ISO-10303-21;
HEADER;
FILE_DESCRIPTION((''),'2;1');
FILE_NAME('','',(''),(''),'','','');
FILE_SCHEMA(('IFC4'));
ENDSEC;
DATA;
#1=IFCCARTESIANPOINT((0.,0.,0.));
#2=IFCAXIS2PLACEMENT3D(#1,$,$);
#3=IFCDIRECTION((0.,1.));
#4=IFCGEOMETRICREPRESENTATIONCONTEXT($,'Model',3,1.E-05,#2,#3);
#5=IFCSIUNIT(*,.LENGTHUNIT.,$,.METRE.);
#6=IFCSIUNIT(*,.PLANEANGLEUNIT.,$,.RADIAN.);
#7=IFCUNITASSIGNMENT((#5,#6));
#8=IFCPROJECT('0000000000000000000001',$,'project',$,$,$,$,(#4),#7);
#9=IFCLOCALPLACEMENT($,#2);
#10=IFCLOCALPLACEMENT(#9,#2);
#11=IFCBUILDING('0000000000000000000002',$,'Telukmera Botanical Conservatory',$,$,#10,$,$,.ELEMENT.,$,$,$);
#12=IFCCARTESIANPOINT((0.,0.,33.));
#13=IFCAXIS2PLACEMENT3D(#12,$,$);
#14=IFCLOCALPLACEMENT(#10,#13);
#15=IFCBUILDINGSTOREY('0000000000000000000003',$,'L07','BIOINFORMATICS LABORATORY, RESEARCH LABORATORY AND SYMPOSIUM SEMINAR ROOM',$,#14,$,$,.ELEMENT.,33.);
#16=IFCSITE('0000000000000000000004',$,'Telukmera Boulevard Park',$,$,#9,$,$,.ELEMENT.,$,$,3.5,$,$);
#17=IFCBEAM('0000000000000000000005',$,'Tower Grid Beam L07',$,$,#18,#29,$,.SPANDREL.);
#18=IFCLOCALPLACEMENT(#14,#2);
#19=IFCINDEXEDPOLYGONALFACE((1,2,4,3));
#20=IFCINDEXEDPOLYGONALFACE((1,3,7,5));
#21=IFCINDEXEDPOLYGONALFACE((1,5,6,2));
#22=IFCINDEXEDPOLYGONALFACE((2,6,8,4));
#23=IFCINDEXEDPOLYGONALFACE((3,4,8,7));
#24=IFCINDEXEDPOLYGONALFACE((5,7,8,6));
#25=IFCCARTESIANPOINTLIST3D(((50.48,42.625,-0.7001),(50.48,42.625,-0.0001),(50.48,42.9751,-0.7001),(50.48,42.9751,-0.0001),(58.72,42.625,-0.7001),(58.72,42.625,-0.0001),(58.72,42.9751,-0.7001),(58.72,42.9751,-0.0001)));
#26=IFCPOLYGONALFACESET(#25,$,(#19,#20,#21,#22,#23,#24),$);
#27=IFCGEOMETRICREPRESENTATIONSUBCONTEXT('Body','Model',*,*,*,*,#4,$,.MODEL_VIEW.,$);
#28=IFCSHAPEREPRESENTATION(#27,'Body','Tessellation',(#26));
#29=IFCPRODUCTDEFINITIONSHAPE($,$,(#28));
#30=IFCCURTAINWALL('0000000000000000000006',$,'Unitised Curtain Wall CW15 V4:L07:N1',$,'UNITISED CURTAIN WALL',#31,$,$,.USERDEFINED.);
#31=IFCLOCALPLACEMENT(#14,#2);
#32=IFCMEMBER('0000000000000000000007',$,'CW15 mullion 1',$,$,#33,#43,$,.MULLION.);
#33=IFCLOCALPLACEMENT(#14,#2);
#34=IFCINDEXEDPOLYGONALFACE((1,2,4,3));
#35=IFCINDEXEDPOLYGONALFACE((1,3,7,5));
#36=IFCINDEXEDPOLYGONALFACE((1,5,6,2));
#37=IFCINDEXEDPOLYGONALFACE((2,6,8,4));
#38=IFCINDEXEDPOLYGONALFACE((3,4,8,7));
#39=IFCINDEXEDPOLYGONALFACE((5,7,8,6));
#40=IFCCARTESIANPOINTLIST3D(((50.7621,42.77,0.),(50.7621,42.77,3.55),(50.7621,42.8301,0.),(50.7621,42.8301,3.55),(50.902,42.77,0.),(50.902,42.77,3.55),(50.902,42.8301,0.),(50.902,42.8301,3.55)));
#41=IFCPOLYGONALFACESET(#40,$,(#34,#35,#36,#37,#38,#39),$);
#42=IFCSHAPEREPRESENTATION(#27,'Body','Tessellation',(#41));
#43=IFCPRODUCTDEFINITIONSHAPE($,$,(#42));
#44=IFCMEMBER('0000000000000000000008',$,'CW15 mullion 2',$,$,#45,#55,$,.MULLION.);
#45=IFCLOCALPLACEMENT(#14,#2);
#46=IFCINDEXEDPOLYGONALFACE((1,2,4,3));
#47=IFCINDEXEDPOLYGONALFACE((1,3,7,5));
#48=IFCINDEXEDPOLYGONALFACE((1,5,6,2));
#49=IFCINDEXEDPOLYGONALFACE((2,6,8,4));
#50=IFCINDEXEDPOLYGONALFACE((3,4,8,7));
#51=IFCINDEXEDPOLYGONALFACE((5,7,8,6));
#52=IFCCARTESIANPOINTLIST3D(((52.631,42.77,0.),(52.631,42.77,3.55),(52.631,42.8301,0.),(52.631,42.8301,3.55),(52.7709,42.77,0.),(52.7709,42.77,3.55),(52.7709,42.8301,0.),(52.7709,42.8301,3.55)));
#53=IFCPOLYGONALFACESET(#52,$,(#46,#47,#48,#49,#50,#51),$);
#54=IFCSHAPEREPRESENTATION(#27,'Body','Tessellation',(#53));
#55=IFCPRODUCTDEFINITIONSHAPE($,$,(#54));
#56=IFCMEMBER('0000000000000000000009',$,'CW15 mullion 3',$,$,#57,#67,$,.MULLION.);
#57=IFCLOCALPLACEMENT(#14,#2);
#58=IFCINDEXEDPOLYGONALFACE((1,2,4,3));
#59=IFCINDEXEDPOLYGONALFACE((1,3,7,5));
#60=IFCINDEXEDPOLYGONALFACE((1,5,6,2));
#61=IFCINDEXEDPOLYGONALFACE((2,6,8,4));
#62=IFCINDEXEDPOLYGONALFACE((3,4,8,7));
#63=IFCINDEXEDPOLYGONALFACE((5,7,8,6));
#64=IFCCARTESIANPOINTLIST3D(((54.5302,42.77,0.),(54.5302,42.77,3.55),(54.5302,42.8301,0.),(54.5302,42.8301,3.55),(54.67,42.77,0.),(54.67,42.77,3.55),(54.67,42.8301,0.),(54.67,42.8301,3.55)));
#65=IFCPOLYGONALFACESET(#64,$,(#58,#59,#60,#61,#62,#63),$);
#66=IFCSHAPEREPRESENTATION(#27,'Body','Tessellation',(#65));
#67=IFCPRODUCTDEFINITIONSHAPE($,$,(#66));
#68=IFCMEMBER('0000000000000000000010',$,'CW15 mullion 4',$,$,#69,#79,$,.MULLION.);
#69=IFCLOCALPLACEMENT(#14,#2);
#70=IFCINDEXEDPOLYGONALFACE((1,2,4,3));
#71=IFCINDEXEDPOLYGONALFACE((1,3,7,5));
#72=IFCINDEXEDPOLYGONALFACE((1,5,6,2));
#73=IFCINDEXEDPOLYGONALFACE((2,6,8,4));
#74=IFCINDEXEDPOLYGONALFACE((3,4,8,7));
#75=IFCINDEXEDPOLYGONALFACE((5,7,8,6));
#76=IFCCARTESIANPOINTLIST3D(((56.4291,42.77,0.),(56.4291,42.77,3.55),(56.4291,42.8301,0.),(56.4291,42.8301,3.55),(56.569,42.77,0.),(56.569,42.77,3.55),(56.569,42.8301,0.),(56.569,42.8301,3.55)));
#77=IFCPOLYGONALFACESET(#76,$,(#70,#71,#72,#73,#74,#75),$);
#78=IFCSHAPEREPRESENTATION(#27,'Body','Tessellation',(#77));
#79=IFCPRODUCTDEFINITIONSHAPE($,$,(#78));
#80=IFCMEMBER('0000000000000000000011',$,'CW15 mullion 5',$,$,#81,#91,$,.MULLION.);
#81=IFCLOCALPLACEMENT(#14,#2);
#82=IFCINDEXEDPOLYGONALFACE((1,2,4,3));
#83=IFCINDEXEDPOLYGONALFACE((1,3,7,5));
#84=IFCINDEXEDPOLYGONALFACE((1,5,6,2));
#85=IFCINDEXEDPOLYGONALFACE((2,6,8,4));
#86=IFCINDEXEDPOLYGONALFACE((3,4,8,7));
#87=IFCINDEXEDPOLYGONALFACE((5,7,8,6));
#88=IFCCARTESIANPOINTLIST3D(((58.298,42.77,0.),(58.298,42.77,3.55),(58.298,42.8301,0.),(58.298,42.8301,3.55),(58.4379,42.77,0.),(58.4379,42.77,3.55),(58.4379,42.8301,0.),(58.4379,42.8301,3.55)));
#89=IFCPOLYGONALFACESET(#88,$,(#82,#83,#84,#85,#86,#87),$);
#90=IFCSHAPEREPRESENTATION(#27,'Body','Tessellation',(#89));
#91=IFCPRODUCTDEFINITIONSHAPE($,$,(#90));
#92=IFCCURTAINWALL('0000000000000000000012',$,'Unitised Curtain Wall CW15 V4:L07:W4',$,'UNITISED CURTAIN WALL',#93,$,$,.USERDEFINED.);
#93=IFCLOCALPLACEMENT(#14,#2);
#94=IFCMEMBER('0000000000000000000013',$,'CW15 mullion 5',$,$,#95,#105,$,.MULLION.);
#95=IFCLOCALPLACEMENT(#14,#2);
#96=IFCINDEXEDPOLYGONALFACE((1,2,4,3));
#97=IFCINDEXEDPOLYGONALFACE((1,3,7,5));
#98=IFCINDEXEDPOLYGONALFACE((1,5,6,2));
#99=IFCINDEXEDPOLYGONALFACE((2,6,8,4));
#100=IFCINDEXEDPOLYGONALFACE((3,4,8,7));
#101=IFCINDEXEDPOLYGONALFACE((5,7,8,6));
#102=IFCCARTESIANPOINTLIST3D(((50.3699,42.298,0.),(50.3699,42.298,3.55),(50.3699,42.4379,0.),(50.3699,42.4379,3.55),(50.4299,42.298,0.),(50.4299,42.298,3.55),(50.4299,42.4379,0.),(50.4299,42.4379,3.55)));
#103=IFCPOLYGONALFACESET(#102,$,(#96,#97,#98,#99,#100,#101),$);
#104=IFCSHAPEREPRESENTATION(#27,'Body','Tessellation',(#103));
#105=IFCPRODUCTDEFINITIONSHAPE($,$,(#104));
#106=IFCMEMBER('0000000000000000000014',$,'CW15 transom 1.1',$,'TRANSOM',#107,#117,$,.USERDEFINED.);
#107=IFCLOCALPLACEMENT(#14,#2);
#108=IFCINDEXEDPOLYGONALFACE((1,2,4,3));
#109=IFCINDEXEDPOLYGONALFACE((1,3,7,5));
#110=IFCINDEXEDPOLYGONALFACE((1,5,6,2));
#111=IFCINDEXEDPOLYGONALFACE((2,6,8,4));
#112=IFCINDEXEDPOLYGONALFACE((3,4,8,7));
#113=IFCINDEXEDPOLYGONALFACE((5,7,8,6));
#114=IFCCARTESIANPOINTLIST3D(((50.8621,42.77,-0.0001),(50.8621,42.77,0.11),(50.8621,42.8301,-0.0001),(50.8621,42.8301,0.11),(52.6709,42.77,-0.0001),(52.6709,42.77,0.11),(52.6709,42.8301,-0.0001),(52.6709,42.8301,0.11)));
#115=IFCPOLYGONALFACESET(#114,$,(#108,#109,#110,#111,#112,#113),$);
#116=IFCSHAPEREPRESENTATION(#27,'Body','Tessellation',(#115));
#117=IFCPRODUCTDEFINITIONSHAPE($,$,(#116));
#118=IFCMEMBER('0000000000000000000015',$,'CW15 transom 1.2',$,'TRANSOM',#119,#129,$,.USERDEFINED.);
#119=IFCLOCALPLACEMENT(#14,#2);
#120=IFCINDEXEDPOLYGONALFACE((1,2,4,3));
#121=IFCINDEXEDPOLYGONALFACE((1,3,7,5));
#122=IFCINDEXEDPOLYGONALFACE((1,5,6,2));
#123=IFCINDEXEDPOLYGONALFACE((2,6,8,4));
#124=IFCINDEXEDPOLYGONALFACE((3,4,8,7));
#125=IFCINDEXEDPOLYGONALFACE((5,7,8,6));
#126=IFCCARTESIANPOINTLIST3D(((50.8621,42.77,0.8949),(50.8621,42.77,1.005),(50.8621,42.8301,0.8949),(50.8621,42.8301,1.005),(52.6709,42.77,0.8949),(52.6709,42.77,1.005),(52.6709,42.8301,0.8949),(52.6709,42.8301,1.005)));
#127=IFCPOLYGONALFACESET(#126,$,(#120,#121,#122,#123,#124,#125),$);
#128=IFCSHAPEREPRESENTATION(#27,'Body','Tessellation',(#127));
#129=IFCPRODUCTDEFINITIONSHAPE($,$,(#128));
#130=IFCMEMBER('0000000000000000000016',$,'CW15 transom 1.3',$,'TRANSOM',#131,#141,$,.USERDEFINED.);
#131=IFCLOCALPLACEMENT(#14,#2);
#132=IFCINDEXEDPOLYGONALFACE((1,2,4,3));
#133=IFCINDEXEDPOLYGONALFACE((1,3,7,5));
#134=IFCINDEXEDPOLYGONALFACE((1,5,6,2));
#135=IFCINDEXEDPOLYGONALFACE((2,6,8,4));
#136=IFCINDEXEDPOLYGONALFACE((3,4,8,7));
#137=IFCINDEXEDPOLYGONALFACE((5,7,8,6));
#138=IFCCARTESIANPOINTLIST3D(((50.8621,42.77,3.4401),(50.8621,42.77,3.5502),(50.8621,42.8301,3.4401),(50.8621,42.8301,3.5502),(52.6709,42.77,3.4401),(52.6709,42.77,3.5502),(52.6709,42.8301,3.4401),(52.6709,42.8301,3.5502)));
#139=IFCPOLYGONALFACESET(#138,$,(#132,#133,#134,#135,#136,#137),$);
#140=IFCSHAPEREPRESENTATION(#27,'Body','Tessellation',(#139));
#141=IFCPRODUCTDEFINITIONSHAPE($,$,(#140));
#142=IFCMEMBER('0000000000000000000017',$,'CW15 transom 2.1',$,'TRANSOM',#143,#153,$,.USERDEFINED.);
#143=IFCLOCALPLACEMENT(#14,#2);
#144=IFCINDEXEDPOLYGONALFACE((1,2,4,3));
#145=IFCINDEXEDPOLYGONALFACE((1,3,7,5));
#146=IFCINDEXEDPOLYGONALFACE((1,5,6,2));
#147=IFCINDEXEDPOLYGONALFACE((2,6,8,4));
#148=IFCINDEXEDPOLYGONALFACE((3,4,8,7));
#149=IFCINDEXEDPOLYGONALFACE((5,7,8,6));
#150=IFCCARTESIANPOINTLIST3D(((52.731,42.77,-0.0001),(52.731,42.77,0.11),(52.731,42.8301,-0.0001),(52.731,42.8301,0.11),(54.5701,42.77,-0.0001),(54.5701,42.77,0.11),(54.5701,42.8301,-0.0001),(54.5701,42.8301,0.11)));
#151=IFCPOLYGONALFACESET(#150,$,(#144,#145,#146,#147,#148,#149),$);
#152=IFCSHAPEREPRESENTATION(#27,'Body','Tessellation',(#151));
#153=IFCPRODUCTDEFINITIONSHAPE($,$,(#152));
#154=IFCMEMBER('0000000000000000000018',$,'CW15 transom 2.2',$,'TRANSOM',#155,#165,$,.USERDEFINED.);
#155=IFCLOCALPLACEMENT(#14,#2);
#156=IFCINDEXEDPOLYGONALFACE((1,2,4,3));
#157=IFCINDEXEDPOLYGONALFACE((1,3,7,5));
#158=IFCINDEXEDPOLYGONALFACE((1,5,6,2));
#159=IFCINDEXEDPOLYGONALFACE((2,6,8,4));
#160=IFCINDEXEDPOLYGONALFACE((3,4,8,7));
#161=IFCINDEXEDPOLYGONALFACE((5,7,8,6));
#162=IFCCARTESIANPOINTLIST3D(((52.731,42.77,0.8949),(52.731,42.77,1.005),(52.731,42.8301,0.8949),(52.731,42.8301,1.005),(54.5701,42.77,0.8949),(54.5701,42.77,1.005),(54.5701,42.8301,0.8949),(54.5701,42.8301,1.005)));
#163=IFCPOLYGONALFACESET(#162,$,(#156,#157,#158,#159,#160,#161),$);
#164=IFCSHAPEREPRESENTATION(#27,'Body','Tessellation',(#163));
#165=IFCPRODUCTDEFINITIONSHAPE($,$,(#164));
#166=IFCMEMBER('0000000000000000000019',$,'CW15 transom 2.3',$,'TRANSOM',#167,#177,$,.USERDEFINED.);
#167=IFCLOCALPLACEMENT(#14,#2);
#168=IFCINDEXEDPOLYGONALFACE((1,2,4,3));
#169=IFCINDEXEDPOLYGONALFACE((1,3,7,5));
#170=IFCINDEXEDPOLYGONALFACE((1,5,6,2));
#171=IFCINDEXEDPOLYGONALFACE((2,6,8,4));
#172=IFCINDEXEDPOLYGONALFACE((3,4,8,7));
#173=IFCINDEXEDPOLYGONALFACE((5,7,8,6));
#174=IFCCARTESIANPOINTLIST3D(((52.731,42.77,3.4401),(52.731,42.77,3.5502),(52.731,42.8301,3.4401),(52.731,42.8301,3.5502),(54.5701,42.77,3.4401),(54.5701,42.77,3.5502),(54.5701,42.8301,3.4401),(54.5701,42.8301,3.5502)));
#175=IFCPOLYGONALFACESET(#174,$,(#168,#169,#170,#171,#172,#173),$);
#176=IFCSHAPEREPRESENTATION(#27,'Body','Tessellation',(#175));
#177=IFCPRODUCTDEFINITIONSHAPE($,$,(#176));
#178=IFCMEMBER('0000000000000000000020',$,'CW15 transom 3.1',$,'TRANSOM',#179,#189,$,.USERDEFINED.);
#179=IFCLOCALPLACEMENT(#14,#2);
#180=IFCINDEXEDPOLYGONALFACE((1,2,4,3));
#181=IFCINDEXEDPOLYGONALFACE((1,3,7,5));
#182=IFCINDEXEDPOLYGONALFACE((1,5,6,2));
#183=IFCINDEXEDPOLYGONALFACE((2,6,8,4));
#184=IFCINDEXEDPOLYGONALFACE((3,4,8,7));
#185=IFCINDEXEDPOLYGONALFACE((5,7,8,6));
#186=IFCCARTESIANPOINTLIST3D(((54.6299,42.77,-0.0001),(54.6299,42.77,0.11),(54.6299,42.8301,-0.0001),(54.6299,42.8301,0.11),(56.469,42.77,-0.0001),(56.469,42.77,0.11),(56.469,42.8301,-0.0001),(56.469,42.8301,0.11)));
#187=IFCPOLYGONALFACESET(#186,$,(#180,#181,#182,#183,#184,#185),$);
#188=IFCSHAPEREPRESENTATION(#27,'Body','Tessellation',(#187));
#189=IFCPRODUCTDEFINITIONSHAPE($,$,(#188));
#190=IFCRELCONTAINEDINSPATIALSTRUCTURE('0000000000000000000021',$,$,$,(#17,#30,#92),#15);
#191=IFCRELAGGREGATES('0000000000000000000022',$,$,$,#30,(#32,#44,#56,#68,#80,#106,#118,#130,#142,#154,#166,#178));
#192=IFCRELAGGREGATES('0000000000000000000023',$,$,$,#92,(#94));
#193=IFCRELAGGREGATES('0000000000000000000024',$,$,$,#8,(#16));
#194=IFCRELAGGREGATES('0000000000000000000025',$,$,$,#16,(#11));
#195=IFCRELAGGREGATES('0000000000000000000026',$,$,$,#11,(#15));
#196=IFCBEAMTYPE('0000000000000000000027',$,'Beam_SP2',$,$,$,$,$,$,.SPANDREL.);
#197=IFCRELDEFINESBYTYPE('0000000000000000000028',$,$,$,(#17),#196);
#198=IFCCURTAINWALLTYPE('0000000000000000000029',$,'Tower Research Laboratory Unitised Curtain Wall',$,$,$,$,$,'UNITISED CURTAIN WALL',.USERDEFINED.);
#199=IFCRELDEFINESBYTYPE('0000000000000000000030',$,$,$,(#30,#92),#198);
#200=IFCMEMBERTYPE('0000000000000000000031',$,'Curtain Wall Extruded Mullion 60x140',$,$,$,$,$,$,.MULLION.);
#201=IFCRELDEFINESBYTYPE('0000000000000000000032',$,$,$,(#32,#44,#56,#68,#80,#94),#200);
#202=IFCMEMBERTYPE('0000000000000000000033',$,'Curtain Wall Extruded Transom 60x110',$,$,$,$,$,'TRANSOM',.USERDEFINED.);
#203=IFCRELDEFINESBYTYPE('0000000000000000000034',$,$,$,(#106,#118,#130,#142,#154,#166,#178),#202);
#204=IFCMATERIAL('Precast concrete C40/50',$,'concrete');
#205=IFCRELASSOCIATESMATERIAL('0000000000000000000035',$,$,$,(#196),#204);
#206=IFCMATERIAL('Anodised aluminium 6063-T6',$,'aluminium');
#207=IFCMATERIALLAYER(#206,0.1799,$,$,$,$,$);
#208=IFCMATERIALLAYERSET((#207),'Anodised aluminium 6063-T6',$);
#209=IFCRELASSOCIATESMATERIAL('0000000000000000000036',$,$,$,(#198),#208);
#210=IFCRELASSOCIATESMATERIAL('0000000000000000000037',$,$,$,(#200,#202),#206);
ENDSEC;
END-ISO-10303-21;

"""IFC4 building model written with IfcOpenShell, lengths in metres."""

from ifc_helpers import new_model, si_unit, direction, frame, origin, origin_2d, place, context, subcontext, project, spatial, rectangle, extrude, material, layer, layer_set, material_profile, profile_set, type_object, element, aggregate, save


model = new_model("IFC4")

# Units and contexts
model_context = context("Model", 3, precision=1e-05, world=origin(), true_north=direction((0.0, 1.0)))
body_context = subcontext(model_context, "Body", "Model", "MODEL_VIEW")
ifc_project = project(units=[si_unit("LENGTHUNIT", "METRE"), si_unit("PLANEANGLEUNIT", "RADIAN")], contexts=[model_context])

# Site, building, storey
site_placement = place(None, origin())
site = spatial("IfcSite", under=ifc_project, at=site_placement, Name="Telukmera Boulevard Park", CompositionType="ELEMENT", RefElevation=3.5)
building_placement = place(site_placement, origin())
building = spatial("IfcBuilding", under=site, at=building_placement, Name="Telukmera Botanical Conservatory", CompositionType="ELEMENT")
storey_placement = place(building_placement, frame((0.0, 0.0, 33.0)))
storey = spatial("IfcBuildingStorey", under=building, at=storey_placement, Name="L07", Description="BIOINFORMATICS LABORATORY, RESEARCH LABORATORY AND SYMPOSIUM SEMINAR ROOM", CompositionType="ELEMENT", Elevation=33.0)

# Beam
ifc_material_1 = material(Name="Precast concrete C40/50", Category="concrete")
ifc_material_profile_1 = material_profile(ifc_material_1, rectangle(XDim=0.3501, YDim=0.7, at=origin_2d()), Name="PC 350x700")
ifc_profile_set_1 = profile_set([ifc_material_profile_1], Name="Precast concrete C40/50")
beam_type = type_object("IfcBeamType", Name="Beam_SP2", PredefinedType="SPANDREL", material=ifc_profile_set_1)
beam_placement = place(storey_placement, frame((50.48, 42.8, -0.3501), z_axis=(1.0, 0.0, 0.0), x_axis=(0.0, 1.0, 0.0)))
element("IfcBeam", 1, at=beam_placement, inside=storey, type_object=beam_type, Name="Tower Grid Beam L07", PredefinedType="SPANDREL", context=body_context, shape_type="SweptSolid", body=[
    extrude(rectangle(XDim=0.3501, YDim=0.7, at=origin_2d()), origin(), (0.0, 0.0, 1.0), 8.24),
])

# Curtain wall, members
ifc_material_2 = material(Name="Anodised aluminium 6063-T6", Category="aluminium")
ifc_layer_1 = layer(ifc_material_2, 0.1799)
ifc_layer_set_1 = layer_set([ifc_layer_1], Name="Anodised aluminium 6063-T6")
curtain_wall_type = type_object("IfcCurtainWallType", Name="Tower Research Laboratory Unitised Curtain Wall", ElementType="UNITISED CURTAIN WALL", PredefinedType="USERDEFINED", material=ifc_layer_set_1)
curtain_wall_1_placement = place(storey_placement, origin())
curtain_wall_1 = element("IfcCurtainWall", 2, at=curtain_wall_1_placement, inside=storey, type_object=curtain_wall_type, Name="Unitised Curtain Wall CW15 V4:L07:N1", ObjectType="UNITISED CURTAIN WALL", PredefinedType="USERDEFINED")
ifc_material_profile_2 = material_profile(ifc_material_2, rectangle(XDim=0.0601, YDim=0.1399, at=origin_2d()), Name="ALU MULL 60x140")
ifc_profile_set_2 = profile_set([ifc_material_profile_2], Name="Anodised aluminium 6063-T6")
member_type_1 = type_object("IfcMemberType", Name="Curtain Wall Extruded Mullion 60x140", PredefinedType="MULLION", material=ifc_profile_set_2)
member_1_placement = place(storey_placement, frame((50.832, 42.8, 0.0), z_axis=(0.0, 0.0, 1.0), x_axis=(0.0, 1.0, 0.0)))
member_1 = element("IfcMember", 3, at=member_1_placement, type_object=member_type_1, Name="CW15 mullion 1", PredefinedType="MULLION", context=body_context, shape_type="SweptSolid", body=[
    extrude(rectangle(XDim=0.0601, YDim=0.1399, at=origin_2d()), origin(), (0.0, 0.0, 1.0), 3.55),
])
member_2_placement = place(storey_placement, frame((52.7009, 42.8, 0.0), z_axis=(0.0, 0.0, 1.0), x_axis=(0.0, 1.0, 0.0)))
member_2 = element("IfcMember", 4, at=member_2_placement, type_object=member_type_1, Name="CW15 mullion 2", PredefinedType="MULLION", context=body_context, shape_type="SweptSolid", body=[
    extrude(rectangle(XDim=0.0601, YDim=0.1399, at=origin_2d()), origin(), (0.0, 0.0, 1.0), 3.55),
])
member_3_placement = place(storey_placement, frame((54.6001, 42.8, 0.0), z_axis=(0.0, 0.0, 1.0), x_axis=(0.0, 1.0, 0.0)))
member_3 = element("IfcMember", 5, at=member_3_placement, type_object=member_type_1, Name="CW15 mullion 3", PredefinedType="MULLION", context=body_context, shape_type="SweptSolid", body=[
    extrude(rectangle(XDim=0.0601, YDim=0.1399, at=origin_2d()), origin(), (0.0, 0.0, 1.0), 3.55),
])
member_4_placement = place(storey_placement, frame((56.499, 42.8, 0.0), z_axis=(0.0, 0.0, 1.0), x_axis=(0.0, 1.0, 0.0)))
member_4 = element("IfcMember", 6, at=member_4_placement, type_object=member_type_1, Name="CW15 mullion 4", PredefinedType="MULLION", context=body_context, shape_type="SweptSolid", body=[
    extrude(rectangle(XDim=0.0601, YDim=0.1399, at=origin_2d()), origin(), (0.0, 0.0, 1.0), 3.55),
])
member_5_placement = place(storey_placement, frame((58.3679, 42.8, 0.0), z_axis=(0.0, 0.0, 1.0), x_axis=(0.0, 1.0, 0.0)))
member_5 = element("IfcMember", 7, at=member_5_placement, type_object=member_type_1, Name="CW15 mullion 5", PredefinedType="MULLION", context=body_context, shape_type="SweptSolid", body=[
    extrude(rectangle(XDim=0.0601, YDim=0.1399, at=origin_2d()), origin(), (0.0, 0.0, 1.0), 3.55),
])

# Curtain wall, member
curtain_wall_2_placement = place(storey_placement, origin())
curtain_wall_2 = element("IfcCurtainWall", 8, at=curtain_wall_2_placement, inside=storey, type_object=curtain_wall_type, Name="Unitised Curtain Wall CW15 V4:L07:W4", ObjectType="UNITISED CURTAIN WALL", PredefinedType="USERDEFINED")
member_6_placement = place(storey_placement, frame((50.3999, 42.3679, 0.0), z_axis=(0.0, 0.0, 1.0), x_axis=(-1.0, 0.0, 0.0)))
member_6 = element("IfcMember", 9, at=member_6_placement, type_object=member_type_1, Name="CW15 mullion 5", PredefinedType="MULLION", context=body_context, shape_type="SweptSolid", body=[
    extrude(rectangle(XDim=0.0601, YDim=0.1399, at=origin_2d()), origin(), (0.0, 0.0, 1.0), 3.55),
])

# Members
ifc_material_profile_3 = material_profile(ifc_material_2, rectangle(XDim=0.0601, YDim=0.1101, at=origin_2d()), Name="ALU TRAN 60x110")
ifc_profile_set_3 = profile_set([ifc_material_profile_3], Name="Anodised aluminium 6063-T6")
member_type_2 = type_object("IfcMemberType", Name="Curtain Wall Extruded Transom 60x110", ElementType="TRANSOM", PredefinedType="USERDEFINED", material=ifc_profile_set_3)
member_7_placement = place(storey_placement, frame((50.8621, 42.8, 0.0549), z_axis=(1.0, 0.0, 0.0), x_axis=(0.0, 1.0, 0.0)))
member_7 = element("IfcMember", 10, at=member_7_placement, type_object=member_type_2, Name="CW15 transom 1.1", ObjectType="TRANSOM", PredefinedType="USERDEFINED", context=body_context, shape_type="SweptSolid", body=[
    extrude(rectangle(XDim=0.0601, YDim=0.1101, at=origin_2d()), origin(), (0.0, 0.0, 1.0), 1.8088),
])
member_8_placement = place(storey_placement, frame((50.8621, 42.8, 0.95), z_axis=(1.0, 0.0, 0.0), x_axis=(0.0, 1.0, 0.0)))
member_8 = element("IfcMember", 11, at=member_8_placement, type_object=member_type_2, Name="CW15 transom 1.2", ObjectType="TRANSOM", PredefinedType="USERDEFINED", context=body_context, shape_type="SweptSolid", body=[
    extrude(rectangle(XDim=0.0601, YDim=0.1101, at=origin_2d()), origin(), (0.0, 0.0, 1.0), 1.8088),
])
member_9_placement = place(storey_placement, frame((50.8621, 42.8, 3.4951), z_axis=(1.0, 0.0, 0.0), x_axis=(0.0, 1.0, 0.0)))
member_9 = element("IfcMember", 12, at=member_9_placement, type_object=member_type_2, Name="CW15 transom 1.3", ObjectType="TRANSOM", PredefinedType="USERDEFINED", context=body_context, shape_type="SweptSolid", body=[
    extrude(rectangle(XDim=0.0601, YDim=0.1101, at=origin_2d()), origin(), (0.0, 0.0, 1.0), 1.8088),
])
member_10_placement = place(storey_placement, frame((52.731, 42.8, 0.0549), z_axis=(1.0, 0.0, 0.0), x_axis=(0.0, 1.0, 0.0)))
member_10 = element("IfcMember", 13, at=member_10_placement, type_object=member_type_2, Name="CW15 transom 2.1", ObjectType="TRANSOM", PredefinedType="USERDEFINED", context=body_context, shape_type="SweptSolid", body=[
    extrude(rectangle(XDim=0.0601, YDim=0.1101, at=origin_2d()), origin(), (0.0, 0.0, 1.0), 1.8391),
])
member_11_placement = place(storey_placement, frame((52.731, 42.8, 0.95), z_axis=(1.0, 0.0, 0.0), x_axis=(0.0, 1.0, 0.0)))
member_11 = element("IfcMember", 14, at=member_11_placement, type_object=member_type_2, Name="CW15 transom 2.2", ObjectType="TRANSOM", PredefinedType="USERDEFINED", context=body_context, shape_type="SweptSolid", body=[
    extrude(rectangle(XDim=0.0601, YDim=0.1101, at=origin_2d()), origin(), (0.0, 0.0, 1.0), 1.8391),
])
member_12_placement = place(storey_placement, frame((52.731, 42.8, 3.4951), z_axis=(1.0, 0.0, 0.0), x_axis=(0.0, 1.0, 0.0)))
member_12 = element("IfcMember", 15, at=member_12_placement, type_object=member_type_2, Name="CW15 transom 2.3", ObjectType="TRANSOM", PredefinedType="USERDEFINED", context=body_context, shape_type="SweptSolid", body=[
    extrude(rectangle(XDim=0.0601, YDim=0.1101, at=origin_2d()), origin(), (0.0, 0.0, 1.0), 1.8391),
])
member_13_placement = place(storey_placement, frame((54.6299, 42.8, 0.0549), z_axis=(1.0, 0.0, 0.0), x_axis=(0.0, 1.0, 0.0)))
member_13 = element("IfcMember", 16, at=member_13_placement, type_object=member_type_2, Name="CW15 transom 3.1", ObjectType="TRANSOM", PredefinedType="USERDEFINED", context=body_context, shape_type="SweptSolid", body=[
    extrude(rectangle(XDim=0.0601, YDim=0.1101, at=origin_2d()), origin(), (0.0, 0.0, 1.0), 1.8391),
])

aggregate(curtain_wall_1, [member_1, member_2, member_3, member_4, member_5, member_7, member_8, member_9, member_10, member_11, member_12, member_13])
aggregate(curtain_wall_2, [member_6])

save(model, "model.ifc")
